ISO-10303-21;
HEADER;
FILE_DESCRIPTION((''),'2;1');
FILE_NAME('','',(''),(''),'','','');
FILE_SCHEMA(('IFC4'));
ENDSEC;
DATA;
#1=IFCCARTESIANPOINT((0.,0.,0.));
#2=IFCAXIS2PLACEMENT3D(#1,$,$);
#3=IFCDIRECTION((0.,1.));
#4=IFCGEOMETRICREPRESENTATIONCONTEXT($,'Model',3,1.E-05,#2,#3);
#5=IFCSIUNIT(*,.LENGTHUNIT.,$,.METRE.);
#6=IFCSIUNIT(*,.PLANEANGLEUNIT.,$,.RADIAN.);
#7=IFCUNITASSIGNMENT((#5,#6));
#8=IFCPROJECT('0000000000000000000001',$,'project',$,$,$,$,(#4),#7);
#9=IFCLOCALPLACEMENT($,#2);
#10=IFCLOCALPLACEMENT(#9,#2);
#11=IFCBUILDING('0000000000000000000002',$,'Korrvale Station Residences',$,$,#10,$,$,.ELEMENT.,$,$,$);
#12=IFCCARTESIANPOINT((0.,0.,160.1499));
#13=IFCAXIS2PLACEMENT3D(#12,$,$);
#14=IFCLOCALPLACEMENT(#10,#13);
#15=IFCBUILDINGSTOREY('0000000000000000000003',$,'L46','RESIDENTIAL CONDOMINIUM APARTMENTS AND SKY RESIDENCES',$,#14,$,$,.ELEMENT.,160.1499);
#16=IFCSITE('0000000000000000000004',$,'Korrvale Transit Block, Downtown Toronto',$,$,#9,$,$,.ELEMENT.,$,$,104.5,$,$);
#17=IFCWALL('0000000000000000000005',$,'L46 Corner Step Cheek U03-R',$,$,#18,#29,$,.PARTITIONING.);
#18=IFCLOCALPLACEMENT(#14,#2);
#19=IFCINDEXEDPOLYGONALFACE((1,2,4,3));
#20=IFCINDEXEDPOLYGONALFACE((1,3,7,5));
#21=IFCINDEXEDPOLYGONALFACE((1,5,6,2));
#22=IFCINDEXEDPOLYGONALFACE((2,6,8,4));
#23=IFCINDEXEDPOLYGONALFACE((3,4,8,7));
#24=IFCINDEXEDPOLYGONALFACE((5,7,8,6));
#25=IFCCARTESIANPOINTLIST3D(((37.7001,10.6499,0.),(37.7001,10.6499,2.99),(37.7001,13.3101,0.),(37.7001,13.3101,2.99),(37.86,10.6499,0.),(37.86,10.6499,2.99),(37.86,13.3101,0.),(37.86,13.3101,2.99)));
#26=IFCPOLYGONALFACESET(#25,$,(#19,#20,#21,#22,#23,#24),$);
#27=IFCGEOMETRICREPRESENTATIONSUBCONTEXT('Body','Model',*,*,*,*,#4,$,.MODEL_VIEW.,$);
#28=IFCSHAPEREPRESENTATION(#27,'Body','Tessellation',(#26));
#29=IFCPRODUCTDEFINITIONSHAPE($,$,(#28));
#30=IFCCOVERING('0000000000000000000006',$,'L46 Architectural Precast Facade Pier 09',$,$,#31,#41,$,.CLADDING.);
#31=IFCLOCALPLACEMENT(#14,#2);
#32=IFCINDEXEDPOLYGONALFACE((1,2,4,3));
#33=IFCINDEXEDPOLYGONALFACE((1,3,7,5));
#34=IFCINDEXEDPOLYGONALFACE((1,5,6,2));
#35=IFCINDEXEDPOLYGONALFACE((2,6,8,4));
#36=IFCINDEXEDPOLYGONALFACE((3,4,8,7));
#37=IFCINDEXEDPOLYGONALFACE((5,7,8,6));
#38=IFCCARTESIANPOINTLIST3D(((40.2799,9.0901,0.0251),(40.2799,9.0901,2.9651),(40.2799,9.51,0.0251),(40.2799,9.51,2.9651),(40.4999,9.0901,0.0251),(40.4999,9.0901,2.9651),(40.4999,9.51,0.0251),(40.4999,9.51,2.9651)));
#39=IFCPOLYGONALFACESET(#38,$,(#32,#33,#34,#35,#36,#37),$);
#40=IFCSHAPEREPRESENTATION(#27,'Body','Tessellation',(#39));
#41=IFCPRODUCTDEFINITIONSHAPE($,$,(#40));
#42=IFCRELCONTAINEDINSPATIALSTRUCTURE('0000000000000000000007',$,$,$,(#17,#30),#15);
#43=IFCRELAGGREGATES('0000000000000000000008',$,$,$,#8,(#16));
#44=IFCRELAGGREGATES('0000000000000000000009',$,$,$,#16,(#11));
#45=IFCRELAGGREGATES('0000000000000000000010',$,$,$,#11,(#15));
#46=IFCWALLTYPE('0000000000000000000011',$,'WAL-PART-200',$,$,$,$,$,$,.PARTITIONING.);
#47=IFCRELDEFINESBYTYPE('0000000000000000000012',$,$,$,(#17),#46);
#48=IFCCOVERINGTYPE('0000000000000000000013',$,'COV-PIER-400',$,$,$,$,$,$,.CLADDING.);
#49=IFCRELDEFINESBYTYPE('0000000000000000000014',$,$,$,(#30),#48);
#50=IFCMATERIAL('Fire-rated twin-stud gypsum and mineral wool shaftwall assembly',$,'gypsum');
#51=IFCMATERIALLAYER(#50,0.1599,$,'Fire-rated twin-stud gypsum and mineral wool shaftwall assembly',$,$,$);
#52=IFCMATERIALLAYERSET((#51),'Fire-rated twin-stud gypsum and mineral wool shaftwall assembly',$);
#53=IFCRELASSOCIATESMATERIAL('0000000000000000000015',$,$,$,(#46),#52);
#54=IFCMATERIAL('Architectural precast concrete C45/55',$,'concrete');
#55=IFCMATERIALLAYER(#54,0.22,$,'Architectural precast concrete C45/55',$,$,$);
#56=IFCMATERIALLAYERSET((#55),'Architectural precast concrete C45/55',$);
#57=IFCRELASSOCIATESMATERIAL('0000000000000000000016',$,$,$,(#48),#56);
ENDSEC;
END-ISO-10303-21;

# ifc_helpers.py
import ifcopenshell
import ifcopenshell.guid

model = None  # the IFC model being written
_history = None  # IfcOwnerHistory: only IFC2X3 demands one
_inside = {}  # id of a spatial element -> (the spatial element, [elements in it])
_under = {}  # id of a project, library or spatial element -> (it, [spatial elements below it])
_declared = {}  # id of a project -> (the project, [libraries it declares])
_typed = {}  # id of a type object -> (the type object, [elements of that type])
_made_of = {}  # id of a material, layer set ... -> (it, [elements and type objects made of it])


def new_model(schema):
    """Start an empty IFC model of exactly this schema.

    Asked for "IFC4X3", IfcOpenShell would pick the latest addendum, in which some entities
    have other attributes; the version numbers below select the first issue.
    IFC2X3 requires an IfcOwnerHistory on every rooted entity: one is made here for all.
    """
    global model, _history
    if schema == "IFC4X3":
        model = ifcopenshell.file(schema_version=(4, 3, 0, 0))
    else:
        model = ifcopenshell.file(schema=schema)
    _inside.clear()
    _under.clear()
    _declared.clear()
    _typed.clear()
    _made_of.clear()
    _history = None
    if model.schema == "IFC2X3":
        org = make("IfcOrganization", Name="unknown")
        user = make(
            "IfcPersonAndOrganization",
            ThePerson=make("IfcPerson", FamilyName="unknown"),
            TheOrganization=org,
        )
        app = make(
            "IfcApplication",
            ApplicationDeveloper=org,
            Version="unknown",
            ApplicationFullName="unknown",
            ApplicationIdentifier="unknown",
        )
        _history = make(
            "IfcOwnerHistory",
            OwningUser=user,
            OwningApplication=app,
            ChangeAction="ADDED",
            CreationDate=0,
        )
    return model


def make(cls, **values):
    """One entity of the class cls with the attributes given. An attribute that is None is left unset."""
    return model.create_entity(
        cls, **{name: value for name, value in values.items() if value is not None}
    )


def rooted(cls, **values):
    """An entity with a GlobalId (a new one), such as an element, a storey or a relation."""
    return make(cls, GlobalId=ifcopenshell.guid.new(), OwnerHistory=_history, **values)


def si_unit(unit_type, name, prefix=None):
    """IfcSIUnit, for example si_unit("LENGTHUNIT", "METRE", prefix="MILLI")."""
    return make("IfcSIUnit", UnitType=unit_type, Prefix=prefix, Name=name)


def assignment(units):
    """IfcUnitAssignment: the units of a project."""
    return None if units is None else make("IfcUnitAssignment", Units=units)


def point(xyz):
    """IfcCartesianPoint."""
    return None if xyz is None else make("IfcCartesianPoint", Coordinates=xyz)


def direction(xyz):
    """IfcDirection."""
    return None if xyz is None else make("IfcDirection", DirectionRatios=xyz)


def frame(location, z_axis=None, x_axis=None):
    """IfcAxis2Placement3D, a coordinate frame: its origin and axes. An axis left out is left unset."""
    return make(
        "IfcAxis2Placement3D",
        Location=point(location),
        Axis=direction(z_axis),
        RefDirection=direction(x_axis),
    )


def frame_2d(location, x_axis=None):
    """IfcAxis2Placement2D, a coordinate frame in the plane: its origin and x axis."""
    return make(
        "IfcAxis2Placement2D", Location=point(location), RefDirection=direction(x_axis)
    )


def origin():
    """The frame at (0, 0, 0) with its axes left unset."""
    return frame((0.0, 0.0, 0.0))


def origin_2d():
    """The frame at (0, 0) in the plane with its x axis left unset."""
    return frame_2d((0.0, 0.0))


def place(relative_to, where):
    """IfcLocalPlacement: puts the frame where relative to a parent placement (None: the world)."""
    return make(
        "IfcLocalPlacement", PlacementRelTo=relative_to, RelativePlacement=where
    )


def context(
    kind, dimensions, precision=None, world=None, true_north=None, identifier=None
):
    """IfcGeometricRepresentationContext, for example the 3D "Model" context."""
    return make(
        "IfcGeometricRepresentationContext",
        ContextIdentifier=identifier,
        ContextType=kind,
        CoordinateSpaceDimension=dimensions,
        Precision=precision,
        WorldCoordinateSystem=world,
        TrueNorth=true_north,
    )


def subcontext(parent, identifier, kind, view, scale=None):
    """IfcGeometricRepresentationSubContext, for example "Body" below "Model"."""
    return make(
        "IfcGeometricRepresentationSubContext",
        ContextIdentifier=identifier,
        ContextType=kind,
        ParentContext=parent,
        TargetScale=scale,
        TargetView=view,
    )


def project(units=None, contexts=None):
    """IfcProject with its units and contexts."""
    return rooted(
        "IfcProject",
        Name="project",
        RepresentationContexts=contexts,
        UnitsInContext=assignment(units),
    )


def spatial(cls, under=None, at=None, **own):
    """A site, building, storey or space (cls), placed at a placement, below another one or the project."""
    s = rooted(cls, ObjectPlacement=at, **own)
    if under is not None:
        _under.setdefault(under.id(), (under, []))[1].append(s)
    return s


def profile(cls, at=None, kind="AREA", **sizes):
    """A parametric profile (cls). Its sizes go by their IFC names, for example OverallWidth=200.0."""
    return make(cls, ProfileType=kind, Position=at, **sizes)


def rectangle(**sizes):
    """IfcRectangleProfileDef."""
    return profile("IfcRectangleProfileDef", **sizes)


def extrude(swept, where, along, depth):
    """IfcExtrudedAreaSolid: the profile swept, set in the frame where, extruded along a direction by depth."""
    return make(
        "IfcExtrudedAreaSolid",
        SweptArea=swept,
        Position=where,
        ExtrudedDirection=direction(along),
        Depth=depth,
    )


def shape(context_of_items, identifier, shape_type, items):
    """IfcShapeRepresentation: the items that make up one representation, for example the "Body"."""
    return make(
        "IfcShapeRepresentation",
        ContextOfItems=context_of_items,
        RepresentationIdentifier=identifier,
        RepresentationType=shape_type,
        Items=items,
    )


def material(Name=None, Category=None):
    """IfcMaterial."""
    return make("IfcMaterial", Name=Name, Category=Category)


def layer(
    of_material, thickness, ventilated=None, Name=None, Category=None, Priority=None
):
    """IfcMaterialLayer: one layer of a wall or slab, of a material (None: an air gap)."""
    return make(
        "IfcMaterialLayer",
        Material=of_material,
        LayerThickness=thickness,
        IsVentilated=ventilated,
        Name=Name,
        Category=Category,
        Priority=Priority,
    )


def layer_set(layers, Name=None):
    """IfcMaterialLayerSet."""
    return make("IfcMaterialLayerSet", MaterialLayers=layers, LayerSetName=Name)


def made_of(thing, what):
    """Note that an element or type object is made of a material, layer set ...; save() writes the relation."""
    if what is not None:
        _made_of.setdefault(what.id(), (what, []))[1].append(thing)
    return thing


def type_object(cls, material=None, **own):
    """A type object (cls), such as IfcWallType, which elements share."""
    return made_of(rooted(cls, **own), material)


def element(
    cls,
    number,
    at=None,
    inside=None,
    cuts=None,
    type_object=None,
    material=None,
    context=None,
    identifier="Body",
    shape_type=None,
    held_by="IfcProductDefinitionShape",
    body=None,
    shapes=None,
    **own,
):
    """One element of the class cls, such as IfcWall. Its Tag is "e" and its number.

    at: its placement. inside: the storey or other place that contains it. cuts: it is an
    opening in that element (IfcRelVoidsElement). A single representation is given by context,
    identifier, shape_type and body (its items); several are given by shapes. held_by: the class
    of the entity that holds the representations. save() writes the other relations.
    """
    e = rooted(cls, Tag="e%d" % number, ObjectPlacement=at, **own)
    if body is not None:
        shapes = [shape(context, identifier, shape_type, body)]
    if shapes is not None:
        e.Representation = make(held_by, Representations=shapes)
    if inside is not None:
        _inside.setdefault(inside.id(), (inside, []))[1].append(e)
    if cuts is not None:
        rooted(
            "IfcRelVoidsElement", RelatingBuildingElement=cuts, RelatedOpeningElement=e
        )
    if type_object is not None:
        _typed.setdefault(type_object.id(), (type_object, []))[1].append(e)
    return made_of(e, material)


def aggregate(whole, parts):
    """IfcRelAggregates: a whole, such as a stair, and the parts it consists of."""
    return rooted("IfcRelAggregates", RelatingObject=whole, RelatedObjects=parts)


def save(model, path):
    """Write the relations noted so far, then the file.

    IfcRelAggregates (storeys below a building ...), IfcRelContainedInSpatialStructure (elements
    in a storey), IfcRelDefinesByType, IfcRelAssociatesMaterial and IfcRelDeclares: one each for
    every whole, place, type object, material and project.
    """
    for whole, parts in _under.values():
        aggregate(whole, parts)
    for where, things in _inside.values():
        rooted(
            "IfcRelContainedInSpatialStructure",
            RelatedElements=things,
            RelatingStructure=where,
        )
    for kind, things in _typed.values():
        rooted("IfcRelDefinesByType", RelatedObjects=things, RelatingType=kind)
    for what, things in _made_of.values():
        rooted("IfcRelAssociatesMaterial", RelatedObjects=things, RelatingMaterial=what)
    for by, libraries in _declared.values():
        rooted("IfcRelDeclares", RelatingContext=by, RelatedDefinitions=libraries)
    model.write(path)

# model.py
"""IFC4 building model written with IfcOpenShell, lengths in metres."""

from ifc_helpers import new_model, si_unit, direction, frame, frame_2d, origin, origin_2d, place, context, subcontext, project, spatial, rectangle, extrude, material, layer, layer_set, type_object, element, save


model = new_model("IFC4")

# Units and contexts
model_context = context("Model", 3, precision=1e-05, world=origin(), true_north=direction((0.0, 1.0)))
body_context = subcontext(model_context, "Body", "Model", "MODEL_VIEW")
ifc_project = project(units=[si_unit("LENGTHUNIT", "METRE"), si_unit("PLANEANGLEUNIT", "RADIAN")], contexts=[model_context])

# Site, building, storey
site_placement = place(None, origin())
site = spatial("IfcSite", under=ifc_project, at=site_placement, Name="Korrvale Transit Block, Downtown Toronto", CompositionType="ELEMENT", RefElevation=104.5)
building_placement = place(site_placement, origin())
building = spatial("IfcBuilding", under=site, at=building_placement, Name="Korrvale Station Residences", CompositionType="ELEMENT")
storey_placement = place(building_placement, frame((0.0, 0.0, 160.1499)))
storey = spatial("IfcBuildingStorey", under=building, at=storey_placement, Name="L46", Description="RESIDENTIAL CONDOMINIUM APARTMENTS AND SKY RESIDENCES", CompositionType="ELEMENT", Elevation=160.1499)

# Wall
ifc_material_1 = material(Name="Fire-rated twin-stud gypsum and mineral wool shaftwall assembly", Category="gypsum")
ifc_layer_1 = layer(ifc_material_1, 0.1599, Name="Fire-rated twin-stud gypsum and mineral wool shaftwall assembly")
ifc_layer_set_1 = layer_set([ifc_layer_1], Name="Fire-rated twin-stud gypsum and mineral wool shaftwall assembly")
wall_type_1 = type_object("IfcWallType", Name="WAL-PART-200", PredefinedType="PARTITIONING", material=ifc_layer_set_1)
wall_1_placement = place(storey_placement, frame((37.78, 10.6499, 0.0), z_axis=(0.0, 0.0, 1.0), x_axis=(0.0, 1.0, 0.0)))
element("IfcWall", 1, at=wall_1_placement, inside=storey, type_object=wall_type_1, Name="L46 Corner Step Cheek U03-R", PredefinedType="PARTITIONING", context=body_context, shape_type="SweptSolid", body=[
    extrude(rectangle(XDim=2.6602, YDim=0.1599, at=frame_2d((1.3301, 0.0))), origin(), (0.0, 0.0, 1.0), 2.99),
])

# Covering
ifc_material_2 = material(Name="Architectural precast concrete C45/55", Category="concrete")
ifc_layer_2 = layer(ifc_material_2, 0.22, Name="Architectural precast concrete C45/55")
ifc_layer_set_2 = layer_set([ifc_layer_2], Name="Architectural precast concrete C45/55")
covering_type = type_object("IfcCoveringType", Name="COV-PIER-400", PredefinedType="CLADDING", material=ifc_layer_set_2)
covering_placement = place(storey_placement, frame((40.3899, 9.3, 0.0251), z_axis=(0.0, 0.0, 1.0), x_axis=(0.0, 1.0, 0.0)))
element("IfcCovering", 2, at=covering_placement, inside=storey, type_object=covering_type, Name="L46 Architectural Precast Facade Pier 09", PredefinedType="CLADDING", context=body_context, shape_type="SweptSolid", body=[
    extrude(rectangle(XDim=0.4199, YDim=0.22, at=origin_2d()), origin(), (0.0, 0.0, 1.0), 2.9399),
])

save(model, "model.ifc")
